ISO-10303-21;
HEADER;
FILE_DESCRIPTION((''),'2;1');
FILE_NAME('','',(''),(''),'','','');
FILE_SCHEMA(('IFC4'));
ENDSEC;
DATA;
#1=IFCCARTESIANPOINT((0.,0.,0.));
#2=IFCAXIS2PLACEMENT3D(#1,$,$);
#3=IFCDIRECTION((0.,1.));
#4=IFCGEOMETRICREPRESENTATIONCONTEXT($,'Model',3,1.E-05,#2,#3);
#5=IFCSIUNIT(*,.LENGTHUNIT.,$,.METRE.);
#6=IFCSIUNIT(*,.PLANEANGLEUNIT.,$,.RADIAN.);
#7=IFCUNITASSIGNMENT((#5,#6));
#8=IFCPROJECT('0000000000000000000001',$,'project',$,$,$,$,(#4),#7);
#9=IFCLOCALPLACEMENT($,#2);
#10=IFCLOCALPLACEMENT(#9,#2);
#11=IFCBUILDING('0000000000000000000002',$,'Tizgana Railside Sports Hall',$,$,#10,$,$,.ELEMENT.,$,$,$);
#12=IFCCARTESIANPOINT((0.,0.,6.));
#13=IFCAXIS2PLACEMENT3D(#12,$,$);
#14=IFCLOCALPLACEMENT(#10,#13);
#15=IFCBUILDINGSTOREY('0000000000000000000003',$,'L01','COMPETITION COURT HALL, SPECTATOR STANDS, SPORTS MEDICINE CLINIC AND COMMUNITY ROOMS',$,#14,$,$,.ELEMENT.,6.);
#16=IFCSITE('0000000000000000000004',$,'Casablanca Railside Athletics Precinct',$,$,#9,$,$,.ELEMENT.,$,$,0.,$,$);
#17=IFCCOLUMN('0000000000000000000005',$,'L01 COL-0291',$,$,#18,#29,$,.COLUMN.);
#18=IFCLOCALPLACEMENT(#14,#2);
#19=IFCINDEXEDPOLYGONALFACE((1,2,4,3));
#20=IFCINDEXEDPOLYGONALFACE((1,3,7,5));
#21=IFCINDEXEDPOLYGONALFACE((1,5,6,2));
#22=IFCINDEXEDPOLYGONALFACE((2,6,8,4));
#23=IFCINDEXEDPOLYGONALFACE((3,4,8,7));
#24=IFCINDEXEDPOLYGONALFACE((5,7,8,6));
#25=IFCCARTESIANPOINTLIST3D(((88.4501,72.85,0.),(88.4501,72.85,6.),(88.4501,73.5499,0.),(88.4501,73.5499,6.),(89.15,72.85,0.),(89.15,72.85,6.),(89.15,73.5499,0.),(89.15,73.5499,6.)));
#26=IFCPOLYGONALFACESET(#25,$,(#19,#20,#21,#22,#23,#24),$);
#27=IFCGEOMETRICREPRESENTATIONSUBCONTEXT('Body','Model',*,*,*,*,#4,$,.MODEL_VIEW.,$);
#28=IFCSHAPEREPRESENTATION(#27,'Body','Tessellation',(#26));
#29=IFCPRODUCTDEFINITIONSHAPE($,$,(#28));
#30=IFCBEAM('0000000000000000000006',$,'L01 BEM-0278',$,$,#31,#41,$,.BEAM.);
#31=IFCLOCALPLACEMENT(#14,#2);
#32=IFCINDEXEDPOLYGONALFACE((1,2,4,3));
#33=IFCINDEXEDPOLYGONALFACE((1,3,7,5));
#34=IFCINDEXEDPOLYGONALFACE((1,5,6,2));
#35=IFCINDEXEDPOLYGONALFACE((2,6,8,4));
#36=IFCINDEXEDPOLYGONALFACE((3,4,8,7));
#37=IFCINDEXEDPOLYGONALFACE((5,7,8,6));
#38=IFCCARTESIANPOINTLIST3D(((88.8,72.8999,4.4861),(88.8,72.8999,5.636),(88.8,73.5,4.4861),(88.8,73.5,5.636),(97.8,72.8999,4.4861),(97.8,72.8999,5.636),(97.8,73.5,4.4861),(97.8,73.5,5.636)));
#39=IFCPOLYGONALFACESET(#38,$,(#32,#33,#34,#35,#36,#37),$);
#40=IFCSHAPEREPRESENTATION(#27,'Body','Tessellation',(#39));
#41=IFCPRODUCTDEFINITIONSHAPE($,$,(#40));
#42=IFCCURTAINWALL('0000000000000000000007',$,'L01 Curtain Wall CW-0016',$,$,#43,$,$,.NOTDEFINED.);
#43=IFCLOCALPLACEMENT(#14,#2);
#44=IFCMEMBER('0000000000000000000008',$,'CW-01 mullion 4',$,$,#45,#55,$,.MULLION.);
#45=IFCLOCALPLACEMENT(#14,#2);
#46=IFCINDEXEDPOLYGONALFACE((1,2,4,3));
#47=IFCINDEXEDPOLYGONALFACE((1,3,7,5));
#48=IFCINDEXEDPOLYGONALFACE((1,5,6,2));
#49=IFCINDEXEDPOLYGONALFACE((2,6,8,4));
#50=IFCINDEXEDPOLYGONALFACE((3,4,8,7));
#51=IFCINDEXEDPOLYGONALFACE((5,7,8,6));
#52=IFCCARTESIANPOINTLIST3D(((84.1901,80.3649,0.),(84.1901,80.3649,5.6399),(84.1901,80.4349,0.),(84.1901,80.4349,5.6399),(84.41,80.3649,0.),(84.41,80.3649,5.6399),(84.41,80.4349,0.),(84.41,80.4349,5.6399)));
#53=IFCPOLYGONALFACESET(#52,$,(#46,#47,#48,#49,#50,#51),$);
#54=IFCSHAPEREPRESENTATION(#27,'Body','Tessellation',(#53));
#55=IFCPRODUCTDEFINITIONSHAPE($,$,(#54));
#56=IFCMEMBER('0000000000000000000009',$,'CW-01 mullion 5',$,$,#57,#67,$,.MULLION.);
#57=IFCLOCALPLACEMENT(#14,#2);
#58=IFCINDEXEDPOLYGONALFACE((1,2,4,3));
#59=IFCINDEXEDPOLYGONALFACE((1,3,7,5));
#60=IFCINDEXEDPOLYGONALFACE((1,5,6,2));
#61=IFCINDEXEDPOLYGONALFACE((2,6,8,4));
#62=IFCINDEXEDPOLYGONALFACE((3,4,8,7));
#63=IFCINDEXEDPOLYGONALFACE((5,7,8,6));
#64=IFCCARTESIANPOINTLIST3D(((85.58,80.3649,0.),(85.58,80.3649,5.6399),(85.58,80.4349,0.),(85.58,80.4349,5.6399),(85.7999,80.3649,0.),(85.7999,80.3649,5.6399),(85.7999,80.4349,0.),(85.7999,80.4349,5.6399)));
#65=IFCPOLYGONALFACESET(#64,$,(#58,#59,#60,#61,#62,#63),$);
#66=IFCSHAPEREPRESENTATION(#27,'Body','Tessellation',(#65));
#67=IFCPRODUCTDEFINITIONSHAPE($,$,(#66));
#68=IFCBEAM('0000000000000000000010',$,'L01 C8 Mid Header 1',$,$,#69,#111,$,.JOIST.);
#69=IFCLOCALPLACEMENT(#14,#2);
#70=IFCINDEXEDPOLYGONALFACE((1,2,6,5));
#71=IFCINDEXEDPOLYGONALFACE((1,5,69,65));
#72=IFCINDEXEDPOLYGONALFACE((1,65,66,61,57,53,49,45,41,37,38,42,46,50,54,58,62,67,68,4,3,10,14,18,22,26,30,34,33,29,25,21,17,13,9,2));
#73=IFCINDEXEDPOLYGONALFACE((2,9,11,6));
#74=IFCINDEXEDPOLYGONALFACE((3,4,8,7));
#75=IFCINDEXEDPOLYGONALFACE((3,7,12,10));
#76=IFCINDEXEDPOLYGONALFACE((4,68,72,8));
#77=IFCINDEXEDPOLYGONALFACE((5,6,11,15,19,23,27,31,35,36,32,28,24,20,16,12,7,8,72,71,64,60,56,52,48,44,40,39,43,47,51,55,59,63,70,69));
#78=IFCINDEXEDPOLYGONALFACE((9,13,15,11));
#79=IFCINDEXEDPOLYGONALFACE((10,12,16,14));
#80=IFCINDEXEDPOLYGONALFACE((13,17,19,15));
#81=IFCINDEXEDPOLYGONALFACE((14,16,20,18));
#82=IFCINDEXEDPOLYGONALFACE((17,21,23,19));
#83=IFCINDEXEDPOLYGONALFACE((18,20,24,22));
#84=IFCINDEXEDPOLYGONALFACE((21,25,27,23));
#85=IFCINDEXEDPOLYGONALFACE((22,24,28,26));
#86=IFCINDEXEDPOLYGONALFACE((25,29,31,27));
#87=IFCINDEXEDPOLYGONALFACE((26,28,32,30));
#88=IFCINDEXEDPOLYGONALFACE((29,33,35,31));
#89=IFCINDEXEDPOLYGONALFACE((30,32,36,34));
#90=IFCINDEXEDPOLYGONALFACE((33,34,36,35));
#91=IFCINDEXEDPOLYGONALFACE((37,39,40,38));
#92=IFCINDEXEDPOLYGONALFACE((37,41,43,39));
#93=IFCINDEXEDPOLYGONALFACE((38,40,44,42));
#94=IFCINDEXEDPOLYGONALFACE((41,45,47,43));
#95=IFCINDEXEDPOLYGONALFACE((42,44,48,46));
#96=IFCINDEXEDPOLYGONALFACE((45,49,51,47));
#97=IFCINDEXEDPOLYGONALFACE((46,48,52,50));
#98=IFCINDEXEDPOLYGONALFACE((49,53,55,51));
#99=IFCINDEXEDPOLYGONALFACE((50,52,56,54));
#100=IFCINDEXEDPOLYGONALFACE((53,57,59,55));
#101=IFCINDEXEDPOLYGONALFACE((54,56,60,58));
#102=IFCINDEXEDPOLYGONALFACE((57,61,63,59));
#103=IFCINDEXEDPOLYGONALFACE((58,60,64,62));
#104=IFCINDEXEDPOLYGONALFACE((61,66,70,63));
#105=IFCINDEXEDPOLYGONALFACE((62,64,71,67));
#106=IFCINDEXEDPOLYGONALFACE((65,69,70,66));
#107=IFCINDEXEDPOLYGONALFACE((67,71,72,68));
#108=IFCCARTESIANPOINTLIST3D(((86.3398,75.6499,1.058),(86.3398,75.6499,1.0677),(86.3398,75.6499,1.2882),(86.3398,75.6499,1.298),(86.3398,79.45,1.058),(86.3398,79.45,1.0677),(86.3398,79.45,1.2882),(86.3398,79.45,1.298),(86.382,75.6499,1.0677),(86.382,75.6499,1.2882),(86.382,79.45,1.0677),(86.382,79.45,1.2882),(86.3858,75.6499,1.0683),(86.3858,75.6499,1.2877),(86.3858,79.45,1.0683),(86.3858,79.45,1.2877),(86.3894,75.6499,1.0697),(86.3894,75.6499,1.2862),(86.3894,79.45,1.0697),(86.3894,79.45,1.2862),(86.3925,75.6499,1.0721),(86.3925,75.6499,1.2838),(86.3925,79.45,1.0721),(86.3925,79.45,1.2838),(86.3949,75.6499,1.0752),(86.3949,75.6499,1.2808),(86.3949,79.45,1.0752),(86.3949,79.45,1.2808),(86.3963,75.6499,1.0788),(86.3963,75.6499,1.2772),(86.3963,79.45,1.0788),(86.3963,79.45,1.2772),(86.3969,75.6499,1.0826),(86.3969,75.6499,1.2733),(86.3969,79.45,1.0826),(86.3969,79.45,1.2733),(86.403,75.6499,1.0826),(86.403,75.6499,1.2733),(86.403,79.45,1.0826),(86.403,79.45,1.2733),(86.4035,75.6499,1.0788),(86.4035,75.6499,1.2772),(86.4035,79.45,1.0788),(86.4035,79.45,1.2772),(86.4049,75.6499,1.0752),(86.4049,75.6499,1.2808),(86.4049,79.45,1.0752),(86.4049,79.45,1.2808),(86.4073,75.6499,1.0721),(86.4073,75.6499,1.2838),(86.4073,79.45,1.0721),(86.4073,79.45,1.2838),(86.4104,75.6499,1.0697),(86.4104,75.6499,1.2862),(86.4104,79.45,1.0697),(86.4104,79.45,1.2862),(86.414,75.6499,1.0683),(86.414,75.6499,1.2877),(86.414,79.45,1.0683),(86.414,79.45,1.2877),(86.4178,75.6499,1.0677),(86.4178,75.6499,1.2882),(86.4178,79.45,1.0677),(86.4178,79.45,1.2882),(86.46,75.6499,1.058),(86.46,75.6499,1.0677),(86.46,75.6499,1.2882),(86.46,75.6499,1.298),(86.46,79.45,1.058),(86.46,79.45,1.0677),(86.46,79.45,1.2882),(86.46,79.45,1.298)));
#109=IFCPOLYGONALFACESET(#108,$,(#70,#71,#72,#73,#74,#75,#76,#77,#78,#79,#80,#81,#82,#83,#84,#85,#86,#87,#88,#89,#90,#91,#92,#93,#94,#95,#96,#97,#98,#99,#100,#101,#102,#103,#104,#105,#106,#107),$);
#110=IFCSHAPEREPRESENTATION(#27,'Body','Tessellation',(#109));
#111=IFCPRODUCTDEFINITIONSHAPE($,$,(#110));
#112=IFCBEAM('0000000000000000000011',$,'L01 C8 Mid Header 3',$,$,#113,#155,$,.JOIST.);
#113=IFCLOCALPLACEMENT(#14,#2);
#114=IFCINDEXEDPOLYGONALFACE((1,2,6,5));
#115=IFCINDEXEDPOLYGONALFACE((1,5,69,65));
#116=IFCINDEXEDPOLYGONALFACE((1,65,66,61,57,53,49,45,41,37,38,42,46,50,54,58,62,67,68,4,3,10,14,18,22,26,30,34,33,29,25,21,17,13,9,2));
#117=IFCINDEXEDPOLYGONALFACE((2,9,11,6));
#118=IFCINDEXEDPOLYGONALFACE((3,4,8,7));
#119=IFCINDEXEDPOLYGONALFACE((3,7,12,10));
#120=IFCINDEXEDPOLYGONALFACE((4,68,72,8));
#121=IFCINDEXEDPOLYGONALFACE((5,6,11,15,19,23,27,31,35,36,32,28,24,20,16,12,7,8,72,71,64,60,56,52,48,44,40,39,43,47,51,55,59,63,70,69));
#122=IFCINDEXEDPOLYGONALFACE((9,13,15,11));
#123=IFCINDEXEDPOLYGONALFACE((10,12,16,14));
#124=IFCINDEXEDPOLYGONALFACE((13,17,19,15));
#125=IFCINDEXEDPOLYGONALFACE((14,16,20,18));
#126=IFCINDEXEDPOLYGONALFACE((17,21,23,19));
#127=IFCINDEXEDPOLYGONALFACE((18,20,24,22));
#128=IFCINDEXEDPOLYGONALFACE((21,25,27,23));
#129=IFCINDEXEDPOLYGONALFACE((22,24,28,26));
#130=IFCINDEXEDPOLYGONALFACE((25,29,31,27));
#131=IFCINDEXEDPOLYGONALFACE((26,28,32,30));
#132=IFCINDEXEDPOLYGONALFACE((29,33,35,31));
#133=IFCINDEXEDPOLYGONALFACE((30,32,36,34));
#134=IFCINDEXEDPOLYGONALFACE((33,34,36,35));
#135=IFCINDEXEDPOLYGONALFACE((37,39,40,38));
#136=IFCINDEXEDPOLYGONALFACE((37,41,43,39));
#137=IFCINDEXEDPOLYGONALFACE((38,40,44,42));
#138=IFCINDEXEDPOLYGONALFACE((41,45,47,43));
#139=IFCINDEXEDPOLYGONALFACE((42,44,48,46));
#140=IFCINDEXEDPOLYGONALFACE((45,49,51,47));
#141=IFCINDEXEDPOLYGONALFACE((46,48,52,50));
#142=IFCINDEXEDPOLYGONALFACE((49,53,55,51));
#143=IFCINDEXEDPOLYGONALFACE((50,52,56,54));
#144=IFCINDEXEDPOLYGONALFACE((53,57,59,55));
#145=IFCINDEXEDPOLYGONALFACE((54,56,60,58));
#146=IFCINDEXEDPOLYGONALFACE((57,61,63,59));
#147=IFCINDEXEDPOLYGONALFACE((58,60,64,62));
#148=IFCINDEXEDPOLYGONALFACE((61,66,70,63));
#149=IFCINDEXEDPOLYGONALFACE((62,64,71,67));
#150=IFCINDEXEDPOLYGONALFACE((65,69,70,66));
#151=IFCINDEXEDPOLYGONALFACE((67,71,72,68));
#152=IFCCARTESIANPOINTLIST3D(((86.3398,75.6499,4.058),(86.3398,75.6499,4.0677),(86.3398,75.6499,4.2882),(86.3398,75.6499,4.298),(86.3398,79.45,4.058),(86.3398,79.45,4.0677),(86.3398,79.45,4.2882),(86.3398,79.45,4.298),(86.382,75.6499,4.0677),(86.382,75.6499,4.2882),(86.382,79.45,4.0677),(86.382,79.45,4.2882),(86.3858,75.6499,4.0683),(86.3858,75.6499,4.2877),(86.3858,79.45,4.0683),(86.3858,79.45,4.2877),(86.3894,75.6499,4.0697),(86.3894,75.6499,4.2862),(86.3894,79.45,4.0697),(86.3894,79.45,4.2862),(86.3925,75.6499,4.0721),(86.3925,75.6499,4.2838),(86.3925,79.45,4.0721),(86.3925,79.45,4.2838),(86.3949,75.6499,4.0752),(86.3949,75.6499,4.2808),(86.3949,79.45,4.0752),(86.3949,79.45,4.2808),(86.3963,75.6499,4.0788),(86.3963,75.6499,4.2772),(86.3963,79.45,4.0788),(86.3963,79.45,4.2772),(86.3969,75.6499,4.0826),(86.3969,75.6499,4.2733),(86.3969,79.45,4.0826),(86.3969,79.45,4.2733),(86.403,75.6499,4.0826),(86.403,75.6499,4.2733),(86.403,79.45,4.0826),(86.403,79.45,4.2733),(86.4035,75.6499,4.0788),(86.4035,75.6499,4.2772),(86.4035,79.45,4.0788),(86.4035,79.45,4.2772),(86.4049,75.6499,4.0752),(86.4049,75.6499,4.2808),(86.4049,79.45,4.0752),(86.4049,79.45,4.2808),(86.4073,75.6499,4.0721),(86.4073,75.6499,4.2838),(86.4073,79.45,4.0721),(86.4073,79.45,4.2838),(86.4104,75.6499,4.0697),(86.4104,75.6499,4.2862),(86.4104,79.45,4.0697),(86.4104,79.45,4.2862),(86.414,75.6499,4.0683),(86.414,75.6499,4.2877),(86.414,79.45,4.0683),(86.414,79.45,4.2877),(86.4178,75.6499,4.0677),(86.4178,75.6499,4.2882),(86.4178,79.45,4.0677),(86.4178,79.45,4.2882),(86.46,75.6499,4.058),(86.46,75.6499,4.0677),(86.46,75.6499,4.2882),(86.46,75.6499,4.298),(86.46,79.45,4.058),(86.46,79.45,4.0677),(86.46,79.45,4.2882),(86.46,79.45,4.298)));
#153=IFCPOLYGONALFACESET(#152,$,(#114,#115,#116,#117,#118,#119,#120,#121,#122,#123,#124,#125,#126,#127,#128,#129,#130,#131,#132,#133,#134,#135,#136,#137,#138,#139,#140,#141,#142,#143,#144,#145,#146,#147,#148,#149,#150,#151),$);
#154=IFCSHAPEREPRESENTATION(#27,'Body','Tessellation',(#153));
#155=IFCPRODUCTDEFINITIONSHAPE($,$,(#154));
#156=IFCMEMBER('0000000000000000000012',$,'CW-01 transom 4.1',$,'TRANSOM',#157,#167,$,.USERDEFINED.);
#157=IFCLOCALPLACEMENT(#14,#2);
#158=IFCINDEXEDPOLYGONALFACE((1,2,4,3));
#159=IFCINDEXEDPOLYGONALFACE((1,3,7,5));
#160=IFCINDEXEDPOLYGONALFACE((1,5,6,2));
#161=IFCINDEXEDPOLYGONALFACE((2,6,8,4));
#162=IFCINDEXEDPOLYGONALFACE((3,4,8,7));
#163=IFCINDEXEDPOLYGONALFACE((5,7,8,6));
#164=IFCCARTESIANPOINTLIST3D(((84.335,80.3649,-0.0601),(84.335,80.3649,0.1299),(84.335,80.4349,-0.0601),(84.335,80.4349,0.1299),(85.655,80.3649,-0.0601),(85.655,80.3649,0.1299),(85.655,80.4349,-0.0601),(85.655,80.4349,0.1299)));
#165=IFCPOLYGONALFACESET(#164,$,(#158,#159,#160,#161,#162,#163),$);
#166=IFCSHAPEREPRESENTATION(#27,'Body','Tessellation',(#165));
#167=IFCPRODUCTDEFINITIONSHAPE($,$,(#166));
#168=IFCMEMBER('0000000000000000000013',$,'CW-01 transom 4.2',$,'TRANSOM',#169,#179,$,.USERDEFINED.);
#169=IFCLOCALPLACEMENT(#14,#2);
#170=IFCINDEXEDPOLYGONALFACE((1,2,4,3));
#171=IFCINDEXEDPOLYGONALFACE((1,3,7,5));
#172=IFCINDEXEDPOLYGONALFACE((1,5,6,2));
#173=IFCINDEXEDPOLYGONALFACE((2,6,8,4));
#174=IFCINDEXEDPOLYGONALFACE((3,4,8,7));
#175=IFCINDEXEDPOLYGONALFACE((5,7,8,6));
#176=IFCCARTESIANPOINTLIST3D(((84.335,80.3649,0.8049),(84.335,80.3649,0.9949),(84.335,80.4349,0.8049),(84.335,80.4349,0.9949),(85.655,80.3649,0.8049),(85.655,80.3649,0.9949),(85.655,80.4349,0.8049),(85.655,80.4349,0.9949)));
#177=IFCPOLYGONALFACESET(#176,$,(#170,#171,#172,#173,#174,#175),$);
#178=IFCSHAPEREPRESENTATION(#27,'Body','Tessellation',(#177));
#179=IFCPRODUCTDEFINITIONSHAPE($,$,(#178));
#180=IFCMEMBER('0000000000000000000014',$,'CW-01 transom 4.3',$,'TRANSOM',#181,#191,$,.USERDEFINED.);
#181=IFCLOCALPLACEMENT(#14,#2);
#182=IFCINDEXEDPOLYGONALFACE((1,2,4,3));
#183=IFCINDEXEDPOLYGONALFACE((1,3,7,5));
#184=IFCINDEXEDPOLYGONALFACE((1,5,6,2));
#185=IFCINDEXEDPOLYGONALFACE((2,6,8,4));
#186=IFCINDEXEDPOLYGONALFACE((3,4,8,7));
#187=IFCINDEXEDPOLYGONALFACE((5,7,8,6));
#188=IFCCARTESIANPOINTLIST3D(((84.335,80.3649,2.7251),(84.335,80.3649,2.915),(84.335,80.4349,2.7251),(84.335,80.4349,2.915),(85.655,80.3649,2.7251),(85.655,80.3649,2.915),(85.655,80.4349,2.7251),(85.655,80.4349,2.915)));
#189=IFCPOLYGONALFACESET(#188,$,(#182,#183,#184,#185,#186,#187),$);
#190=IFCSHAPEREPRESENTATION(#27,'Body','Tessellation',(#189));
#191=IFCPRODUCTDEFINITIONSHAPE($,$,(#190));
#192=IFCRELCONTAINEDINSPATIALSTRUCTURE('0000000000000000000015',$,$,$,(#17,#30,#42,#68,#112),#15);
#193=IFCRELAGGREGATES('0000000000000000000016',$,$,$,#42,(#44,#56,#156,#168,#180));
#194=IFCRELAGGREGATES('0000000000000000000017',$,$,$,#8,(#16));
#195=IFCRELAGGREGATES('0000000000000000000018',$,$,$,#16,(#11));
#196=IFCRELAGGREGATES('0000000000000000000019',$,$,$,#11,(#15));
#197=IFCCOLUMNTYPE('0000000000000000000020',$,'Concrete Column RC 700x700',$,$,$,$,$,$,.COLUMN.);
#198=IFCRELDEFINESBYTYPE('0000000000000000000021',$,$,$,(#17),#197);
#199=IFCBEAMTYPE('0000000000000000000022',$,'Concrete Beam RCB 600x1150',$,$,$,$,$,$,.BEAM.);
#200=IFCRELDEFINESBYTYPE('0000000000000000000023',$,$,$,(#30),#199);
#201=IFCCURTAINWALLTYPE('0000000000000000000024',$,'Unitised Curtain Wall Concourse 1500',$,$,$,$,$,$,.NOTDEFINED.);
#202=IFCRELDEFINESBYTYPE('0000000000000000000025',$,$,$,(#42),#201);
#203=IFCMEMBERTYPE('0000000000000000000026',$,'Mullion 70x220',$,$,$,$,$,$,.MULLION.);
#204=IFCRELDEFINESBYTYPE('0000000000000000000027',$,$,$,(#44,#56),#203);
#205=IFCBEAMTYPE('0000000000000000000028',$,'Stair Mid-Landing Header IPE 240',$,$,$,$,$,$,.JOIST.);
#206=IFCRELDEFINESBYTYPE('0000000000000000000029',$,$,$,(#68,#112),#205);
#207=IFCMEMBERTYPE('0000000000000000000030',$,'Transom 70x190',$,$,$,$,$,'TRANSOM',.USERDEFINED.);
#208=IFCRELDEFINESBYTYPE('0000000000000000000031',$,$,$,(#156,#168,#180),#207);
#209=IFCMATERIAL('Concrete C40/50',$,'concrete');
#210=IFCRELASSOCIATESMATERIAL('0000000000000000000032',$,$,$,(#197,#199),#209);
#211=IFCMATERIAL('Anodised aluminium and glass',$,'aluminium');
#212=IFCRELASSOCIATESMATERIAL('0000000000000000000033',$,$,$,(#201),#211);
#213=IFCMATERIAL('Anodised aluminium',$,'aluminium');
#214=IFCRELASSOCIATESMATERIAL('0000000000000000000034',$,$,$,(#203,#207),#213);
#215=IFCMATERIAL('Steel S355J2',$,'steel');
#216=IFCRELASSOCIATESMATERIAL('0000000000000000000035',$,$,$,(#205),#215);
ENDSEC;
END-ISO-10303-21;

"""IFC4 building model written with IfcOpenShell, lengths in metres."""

from ifc_helpers import new_model, si_unit, direction, frame, origin, origin_2d, place, context, subcontext, project, spatial, rectangle, i_section, extrude, material, material_profile, profile_set, type_object, element, aggregate, save


model = new_model("IFC4")

# Units and contexts
model_context = context("Model", 3, precision=1e-05, world=origin(), true_north=direction((0.0, 1.0)))
body_context = subcontext(model_context, "Body", "Model", "MODEL_VIEW")
ifc_project = project(units=[si_unit("LENGTHUNIT", "METRE"), si_unit("PLANEANGLEUNIT", "RADIAN")], contexts=[model_context])

# Site, building, storey
site_placement = place(None, origin())
site = spatial("IfcSite", under=ifc_project, at=site_placement, Name="Casablanca Railside Athletics Precinct", CompositionType="ELEMENT", RefElevation=0.0)
building_placement = place(site_placement, origin())
building = spatial("IfcBuilding", under=site, at=building_placement, Name="Tizgana Railside Sports Hall", CompositionType="ELEMENT")
storey_placement = place(building_placement, frame((0.0, 0.0, 6.0)))
storey = spatial("IfcBuildingStorey", under=building, at=storey_placement, Name="L01", Description="COMPETITION COURT HALL, SPECTATOR STANDS, SPORTS MEDICINE CLINIC AND COMMUNITY ROOMS", CompositionType="ELEMENT", Elevation=6.0)

# Column
ifc_material_1 = material(Name="Concrete C40/50", Category="concrete")
ifc_material_profile_1 = material_profile(ifc_material_1, rectangle(XDim=0.7, YDim=0.7, at=origin_2d()), Name="RC 700x700")
ifc_profile_set_1 = profile_set([ifc_material_profile_1], Name="Concrete C40/50")
column_type = type_object("IfcColumnType", Name="Concrete Column RC 700x700", PredefinedType="COLUMN", material=ifc_profile_set_1)
column_placement = place(storey_placement, frame((88.8, 73.2, 0.0), z_axis=(0.0, 0.0, 1.0), x_axis=(1.0, 0.0, 0.0)))
element("IfcColumn", 1, at=column_placement, inside=storey, type_object=column_type, Name="L01 COL-0291", PredefinedType="COLUMN", context=body_context, shape_type="SweptSolid", body=[
    extrude(rectangle(XDim=0.7, YDim=0.7, at=origin_2d()), origin(), (0.0, 0.0, 1.0), 6.0),
])

# Beam
ifc_material_profile_2 = material_profile(ifc_material_1, rectangle(XDim=0.6001, YDim=1.1499, at=origin_2d()), Name="RCB 600x1150")
ifc_profile_set_2 = profile_set([ifc_material_profile_2], Name="Concrete C40/50")
beam_type_1 = type_object("IfcBeamType", Name="Concrete Beam RCB 600x1150", PredefinedType="BEAM", material=ifc_profile_set_2)
beam_placement = place(storey_placement, frame((88.8, 73.2, 5.061), z_axis=(1.0, 0.0, 0.0), x_axis=(0.0, 1.0, 0.0)))
element("IfcBeam", 2, at=beam_placement, inside=storey, type_object=beam_type_1, Name="L01 BEM-0278", PredefinedType="BEAM", context=body_context, shape_type="SweptSolid", body=[
    extrude(rectangle(XDim=0.6001, YDim=1.1499, at=origin_2d()), origin(), (0.0, 0.0, 1.0), 9.0),
])

# Curtain wall, members
ifc_material_2 = material(Name="Anodised aluminium and glass", Category="aluminium")
curtain_wall_type = type_object("IfcCurtainWallType", Name="Unitised Curtain Wall Concourse 1500", PredefinedType="NOTDEFINED", material=ifc_material_2)
curtain_wall_placement = place(storey_placement, origin())
curtain_wall = element("IfcCurtainWall", 3, at=curtain_wall_placement, inside=storey, type_object=curtain_wall_type, Name="L01 Curtain Wall CW-0016", PredefinedType="NOTDEFINED")
ifc_material_3 = material(Name="Anodised aluminium", Category="aluminium")
ifc_material_profile_3 = material_profile(ifc_material_3, rectangle(XDim=0.0701, YDim=0.22, at=origin_2d()), Name="Mullion 70x220")
ifc_profile_set_3 = profile_set([ifc_material_profile_3], Name="Anodised aluminium")
member_type_1 = type_object("IfcMemberType", Name="Mullion 70x220", PredefinedType="MULLION", material=ifc_profile_set_3)
member_1_placement = place(storey_placement, frame((84.3, 80.3999, 0.0), z_axis=(0.0, 0.0, 1.0), x_axis=(0.0, 1.0, 0.0)))
member_1 = element("IfcMember", 4, at=member_1_placement, type_object=member_type_1, Name="CW-01 mullion 4", PredefinedType="MULLION", context=body_context, shape_type="SweptSolid", body=[
    extrude(rectangle(XDim=0.0701, YDim=0.22, at=origin_2d()), origin(), (0.0, 0.0, 1.0), 5.6399),
])
member_2_placement = place(storey_placement, frame((85.6899, 80.3999, 0.0), z_axis=(0.0, 0.0, 1.0), x_axis=(0.0, 1.0, 0.0)))
member_2 = element("IfcMember", 5, at=member_2_placement, type_object=member_type_1, Name="CW-01 mullion 5", PredefinedType="MULLION", context=body_context, shape_type="SweptSolid", body=[
    extrude(rectangle(XDim=0.0701, YDim=0.22, at=origin_2d()), origin(), (0.0, 0.0, 1.0), 5.6399),
])

# Beams
ifc_material_4 = material(Name="Steel S355J2", Category="steel")
ifc_material_profile_4 = material_profile(ifc_material_4, i_section(OverallWidth=0.1201, OverallDepth=0.24, WebThickness=0.0061, FlangeThickness=0.0098, FilletRadius=0.0149, at=origin_2d()), Name="IPE 240")
ifc_profile_set_4 = profile_set([ifc_material_profile_4], Name="Steel S355J2")
beam_type_2 = type_object("IfcBeamType", Name="Stair Mid-Landing Header IPE 240", PredefinedType="JOIST", material=ifc_profile_set_4)
for number, where, z_axis, x_axis, name in (
    (6, (86.3999, 75.6499, 1.178), (0.0, 1.0, 0.0), (-1.0, 0.0, 0.0), "L01 C8 Mid Header 1"),
    (7, (86.3999, 75.6499, 4.178), (0.0, 1.0, 0.0), (-1.0, 0.0, 0.0), "L01 C8 Mid Header 3"),
):
    element("IfcBeam", number, at=place(storey_placement, frame(where, z_axis=z_axis, x_axis=x_axis)), inside=storey, type_object=beam_type_2, Name=name, PredefinedType="JOIST", context=body_context, shape_type="SweptSolid", body=[
        extrude(i_section(OverallWidth=0.1201, OverallDepth=0.24, WebThickness=0.0061, FlangeThickness=0.0098, FilletRadius=0.0149, at=origin_2d()), origin(), (0.0, 0.0, 1.0), 3.8),
    ])

# Members
ifc_material_profile_5 = material_profile(ifc_material_3, rectangle(XDim=0.0701, YDim=0.1899, at=origin_2d()), Name="Transom 70x190")
ifc_profile_set_5 = profile_set([ifc_material_profile_5], Name="Anodised aluminium")
member_type_2 = type_object("IfcMemberType", Name="Transom 70x190", ElementType="TRANSOM", PredefinedType="USERDEFINED", material=ifc_profile_set_5)
member_3_placement = place(storey_placement, frame((84.335, 80.3999, 0.0349), z_axis=(1.0, 0.0, 0.0), x_axis=(0.0, 1.0, 0.0)))
member_3 = element("IfcMember", 8, at=member_3_placement, type_object=member_type_2, Name="CW-01 transom 4.1", ObjectType="TRANSOM", PredefinedType="USERDEFINED", context=body_context, shape_type="SweptSolid", body=[
    extrude(rectangle(XDim=0.0701, YDim=0.1899, at=origin_2d()), origin(), (0.0, 0.0, 1.0), 1.3201),
])
member_4_placement = place(storey_placement, frame((84.335, 80.3999, 0.8999), z_axis=(1.0, 0.0, 0.0), x_axis=(0.0, 1.0, 0.0)))
member_4 = element("IfcMember", 9, at=member_4_placement, type_object=member_type_2, Name="CW-01 transom 4.2", ObjectType="TRANSOM", PredefinedType="USERDEFINED", context=body_context, shape_type="SweptSolid", body=[
    extrude(rectangle(XDim=0.0701, YDim=0.1899, at=origin_2d()), origin(), (0.0, 0.0, 1.0), 1.3201),
])
member_5_placement = place(storey_placement, frame((84.335, 80.3999, 2.8201), z_axis=(1.0, 0.0, 0.0), x_axis=(0.0, 1.0, 0.0)))
member_5 = element("IfcMember", 10, at=member_5_placement, type_object=member_type_2, Name="CW-01 transom 4.3", ObjectType="TRANSOM", PredefinedType="USERDEFINED", context=body_context, shape_type="SweptSolid", body=[
    extrude(rectangle(XDim=0.0701, YDim=0.1899, at=origin_2d()), origin(), (0.0, 0.0, 1.0), 1.3201),
])

aggregate(curtain_wall, [member_1, member_2, member_3, member_4, member_5])

save(model, "model.ifc")
